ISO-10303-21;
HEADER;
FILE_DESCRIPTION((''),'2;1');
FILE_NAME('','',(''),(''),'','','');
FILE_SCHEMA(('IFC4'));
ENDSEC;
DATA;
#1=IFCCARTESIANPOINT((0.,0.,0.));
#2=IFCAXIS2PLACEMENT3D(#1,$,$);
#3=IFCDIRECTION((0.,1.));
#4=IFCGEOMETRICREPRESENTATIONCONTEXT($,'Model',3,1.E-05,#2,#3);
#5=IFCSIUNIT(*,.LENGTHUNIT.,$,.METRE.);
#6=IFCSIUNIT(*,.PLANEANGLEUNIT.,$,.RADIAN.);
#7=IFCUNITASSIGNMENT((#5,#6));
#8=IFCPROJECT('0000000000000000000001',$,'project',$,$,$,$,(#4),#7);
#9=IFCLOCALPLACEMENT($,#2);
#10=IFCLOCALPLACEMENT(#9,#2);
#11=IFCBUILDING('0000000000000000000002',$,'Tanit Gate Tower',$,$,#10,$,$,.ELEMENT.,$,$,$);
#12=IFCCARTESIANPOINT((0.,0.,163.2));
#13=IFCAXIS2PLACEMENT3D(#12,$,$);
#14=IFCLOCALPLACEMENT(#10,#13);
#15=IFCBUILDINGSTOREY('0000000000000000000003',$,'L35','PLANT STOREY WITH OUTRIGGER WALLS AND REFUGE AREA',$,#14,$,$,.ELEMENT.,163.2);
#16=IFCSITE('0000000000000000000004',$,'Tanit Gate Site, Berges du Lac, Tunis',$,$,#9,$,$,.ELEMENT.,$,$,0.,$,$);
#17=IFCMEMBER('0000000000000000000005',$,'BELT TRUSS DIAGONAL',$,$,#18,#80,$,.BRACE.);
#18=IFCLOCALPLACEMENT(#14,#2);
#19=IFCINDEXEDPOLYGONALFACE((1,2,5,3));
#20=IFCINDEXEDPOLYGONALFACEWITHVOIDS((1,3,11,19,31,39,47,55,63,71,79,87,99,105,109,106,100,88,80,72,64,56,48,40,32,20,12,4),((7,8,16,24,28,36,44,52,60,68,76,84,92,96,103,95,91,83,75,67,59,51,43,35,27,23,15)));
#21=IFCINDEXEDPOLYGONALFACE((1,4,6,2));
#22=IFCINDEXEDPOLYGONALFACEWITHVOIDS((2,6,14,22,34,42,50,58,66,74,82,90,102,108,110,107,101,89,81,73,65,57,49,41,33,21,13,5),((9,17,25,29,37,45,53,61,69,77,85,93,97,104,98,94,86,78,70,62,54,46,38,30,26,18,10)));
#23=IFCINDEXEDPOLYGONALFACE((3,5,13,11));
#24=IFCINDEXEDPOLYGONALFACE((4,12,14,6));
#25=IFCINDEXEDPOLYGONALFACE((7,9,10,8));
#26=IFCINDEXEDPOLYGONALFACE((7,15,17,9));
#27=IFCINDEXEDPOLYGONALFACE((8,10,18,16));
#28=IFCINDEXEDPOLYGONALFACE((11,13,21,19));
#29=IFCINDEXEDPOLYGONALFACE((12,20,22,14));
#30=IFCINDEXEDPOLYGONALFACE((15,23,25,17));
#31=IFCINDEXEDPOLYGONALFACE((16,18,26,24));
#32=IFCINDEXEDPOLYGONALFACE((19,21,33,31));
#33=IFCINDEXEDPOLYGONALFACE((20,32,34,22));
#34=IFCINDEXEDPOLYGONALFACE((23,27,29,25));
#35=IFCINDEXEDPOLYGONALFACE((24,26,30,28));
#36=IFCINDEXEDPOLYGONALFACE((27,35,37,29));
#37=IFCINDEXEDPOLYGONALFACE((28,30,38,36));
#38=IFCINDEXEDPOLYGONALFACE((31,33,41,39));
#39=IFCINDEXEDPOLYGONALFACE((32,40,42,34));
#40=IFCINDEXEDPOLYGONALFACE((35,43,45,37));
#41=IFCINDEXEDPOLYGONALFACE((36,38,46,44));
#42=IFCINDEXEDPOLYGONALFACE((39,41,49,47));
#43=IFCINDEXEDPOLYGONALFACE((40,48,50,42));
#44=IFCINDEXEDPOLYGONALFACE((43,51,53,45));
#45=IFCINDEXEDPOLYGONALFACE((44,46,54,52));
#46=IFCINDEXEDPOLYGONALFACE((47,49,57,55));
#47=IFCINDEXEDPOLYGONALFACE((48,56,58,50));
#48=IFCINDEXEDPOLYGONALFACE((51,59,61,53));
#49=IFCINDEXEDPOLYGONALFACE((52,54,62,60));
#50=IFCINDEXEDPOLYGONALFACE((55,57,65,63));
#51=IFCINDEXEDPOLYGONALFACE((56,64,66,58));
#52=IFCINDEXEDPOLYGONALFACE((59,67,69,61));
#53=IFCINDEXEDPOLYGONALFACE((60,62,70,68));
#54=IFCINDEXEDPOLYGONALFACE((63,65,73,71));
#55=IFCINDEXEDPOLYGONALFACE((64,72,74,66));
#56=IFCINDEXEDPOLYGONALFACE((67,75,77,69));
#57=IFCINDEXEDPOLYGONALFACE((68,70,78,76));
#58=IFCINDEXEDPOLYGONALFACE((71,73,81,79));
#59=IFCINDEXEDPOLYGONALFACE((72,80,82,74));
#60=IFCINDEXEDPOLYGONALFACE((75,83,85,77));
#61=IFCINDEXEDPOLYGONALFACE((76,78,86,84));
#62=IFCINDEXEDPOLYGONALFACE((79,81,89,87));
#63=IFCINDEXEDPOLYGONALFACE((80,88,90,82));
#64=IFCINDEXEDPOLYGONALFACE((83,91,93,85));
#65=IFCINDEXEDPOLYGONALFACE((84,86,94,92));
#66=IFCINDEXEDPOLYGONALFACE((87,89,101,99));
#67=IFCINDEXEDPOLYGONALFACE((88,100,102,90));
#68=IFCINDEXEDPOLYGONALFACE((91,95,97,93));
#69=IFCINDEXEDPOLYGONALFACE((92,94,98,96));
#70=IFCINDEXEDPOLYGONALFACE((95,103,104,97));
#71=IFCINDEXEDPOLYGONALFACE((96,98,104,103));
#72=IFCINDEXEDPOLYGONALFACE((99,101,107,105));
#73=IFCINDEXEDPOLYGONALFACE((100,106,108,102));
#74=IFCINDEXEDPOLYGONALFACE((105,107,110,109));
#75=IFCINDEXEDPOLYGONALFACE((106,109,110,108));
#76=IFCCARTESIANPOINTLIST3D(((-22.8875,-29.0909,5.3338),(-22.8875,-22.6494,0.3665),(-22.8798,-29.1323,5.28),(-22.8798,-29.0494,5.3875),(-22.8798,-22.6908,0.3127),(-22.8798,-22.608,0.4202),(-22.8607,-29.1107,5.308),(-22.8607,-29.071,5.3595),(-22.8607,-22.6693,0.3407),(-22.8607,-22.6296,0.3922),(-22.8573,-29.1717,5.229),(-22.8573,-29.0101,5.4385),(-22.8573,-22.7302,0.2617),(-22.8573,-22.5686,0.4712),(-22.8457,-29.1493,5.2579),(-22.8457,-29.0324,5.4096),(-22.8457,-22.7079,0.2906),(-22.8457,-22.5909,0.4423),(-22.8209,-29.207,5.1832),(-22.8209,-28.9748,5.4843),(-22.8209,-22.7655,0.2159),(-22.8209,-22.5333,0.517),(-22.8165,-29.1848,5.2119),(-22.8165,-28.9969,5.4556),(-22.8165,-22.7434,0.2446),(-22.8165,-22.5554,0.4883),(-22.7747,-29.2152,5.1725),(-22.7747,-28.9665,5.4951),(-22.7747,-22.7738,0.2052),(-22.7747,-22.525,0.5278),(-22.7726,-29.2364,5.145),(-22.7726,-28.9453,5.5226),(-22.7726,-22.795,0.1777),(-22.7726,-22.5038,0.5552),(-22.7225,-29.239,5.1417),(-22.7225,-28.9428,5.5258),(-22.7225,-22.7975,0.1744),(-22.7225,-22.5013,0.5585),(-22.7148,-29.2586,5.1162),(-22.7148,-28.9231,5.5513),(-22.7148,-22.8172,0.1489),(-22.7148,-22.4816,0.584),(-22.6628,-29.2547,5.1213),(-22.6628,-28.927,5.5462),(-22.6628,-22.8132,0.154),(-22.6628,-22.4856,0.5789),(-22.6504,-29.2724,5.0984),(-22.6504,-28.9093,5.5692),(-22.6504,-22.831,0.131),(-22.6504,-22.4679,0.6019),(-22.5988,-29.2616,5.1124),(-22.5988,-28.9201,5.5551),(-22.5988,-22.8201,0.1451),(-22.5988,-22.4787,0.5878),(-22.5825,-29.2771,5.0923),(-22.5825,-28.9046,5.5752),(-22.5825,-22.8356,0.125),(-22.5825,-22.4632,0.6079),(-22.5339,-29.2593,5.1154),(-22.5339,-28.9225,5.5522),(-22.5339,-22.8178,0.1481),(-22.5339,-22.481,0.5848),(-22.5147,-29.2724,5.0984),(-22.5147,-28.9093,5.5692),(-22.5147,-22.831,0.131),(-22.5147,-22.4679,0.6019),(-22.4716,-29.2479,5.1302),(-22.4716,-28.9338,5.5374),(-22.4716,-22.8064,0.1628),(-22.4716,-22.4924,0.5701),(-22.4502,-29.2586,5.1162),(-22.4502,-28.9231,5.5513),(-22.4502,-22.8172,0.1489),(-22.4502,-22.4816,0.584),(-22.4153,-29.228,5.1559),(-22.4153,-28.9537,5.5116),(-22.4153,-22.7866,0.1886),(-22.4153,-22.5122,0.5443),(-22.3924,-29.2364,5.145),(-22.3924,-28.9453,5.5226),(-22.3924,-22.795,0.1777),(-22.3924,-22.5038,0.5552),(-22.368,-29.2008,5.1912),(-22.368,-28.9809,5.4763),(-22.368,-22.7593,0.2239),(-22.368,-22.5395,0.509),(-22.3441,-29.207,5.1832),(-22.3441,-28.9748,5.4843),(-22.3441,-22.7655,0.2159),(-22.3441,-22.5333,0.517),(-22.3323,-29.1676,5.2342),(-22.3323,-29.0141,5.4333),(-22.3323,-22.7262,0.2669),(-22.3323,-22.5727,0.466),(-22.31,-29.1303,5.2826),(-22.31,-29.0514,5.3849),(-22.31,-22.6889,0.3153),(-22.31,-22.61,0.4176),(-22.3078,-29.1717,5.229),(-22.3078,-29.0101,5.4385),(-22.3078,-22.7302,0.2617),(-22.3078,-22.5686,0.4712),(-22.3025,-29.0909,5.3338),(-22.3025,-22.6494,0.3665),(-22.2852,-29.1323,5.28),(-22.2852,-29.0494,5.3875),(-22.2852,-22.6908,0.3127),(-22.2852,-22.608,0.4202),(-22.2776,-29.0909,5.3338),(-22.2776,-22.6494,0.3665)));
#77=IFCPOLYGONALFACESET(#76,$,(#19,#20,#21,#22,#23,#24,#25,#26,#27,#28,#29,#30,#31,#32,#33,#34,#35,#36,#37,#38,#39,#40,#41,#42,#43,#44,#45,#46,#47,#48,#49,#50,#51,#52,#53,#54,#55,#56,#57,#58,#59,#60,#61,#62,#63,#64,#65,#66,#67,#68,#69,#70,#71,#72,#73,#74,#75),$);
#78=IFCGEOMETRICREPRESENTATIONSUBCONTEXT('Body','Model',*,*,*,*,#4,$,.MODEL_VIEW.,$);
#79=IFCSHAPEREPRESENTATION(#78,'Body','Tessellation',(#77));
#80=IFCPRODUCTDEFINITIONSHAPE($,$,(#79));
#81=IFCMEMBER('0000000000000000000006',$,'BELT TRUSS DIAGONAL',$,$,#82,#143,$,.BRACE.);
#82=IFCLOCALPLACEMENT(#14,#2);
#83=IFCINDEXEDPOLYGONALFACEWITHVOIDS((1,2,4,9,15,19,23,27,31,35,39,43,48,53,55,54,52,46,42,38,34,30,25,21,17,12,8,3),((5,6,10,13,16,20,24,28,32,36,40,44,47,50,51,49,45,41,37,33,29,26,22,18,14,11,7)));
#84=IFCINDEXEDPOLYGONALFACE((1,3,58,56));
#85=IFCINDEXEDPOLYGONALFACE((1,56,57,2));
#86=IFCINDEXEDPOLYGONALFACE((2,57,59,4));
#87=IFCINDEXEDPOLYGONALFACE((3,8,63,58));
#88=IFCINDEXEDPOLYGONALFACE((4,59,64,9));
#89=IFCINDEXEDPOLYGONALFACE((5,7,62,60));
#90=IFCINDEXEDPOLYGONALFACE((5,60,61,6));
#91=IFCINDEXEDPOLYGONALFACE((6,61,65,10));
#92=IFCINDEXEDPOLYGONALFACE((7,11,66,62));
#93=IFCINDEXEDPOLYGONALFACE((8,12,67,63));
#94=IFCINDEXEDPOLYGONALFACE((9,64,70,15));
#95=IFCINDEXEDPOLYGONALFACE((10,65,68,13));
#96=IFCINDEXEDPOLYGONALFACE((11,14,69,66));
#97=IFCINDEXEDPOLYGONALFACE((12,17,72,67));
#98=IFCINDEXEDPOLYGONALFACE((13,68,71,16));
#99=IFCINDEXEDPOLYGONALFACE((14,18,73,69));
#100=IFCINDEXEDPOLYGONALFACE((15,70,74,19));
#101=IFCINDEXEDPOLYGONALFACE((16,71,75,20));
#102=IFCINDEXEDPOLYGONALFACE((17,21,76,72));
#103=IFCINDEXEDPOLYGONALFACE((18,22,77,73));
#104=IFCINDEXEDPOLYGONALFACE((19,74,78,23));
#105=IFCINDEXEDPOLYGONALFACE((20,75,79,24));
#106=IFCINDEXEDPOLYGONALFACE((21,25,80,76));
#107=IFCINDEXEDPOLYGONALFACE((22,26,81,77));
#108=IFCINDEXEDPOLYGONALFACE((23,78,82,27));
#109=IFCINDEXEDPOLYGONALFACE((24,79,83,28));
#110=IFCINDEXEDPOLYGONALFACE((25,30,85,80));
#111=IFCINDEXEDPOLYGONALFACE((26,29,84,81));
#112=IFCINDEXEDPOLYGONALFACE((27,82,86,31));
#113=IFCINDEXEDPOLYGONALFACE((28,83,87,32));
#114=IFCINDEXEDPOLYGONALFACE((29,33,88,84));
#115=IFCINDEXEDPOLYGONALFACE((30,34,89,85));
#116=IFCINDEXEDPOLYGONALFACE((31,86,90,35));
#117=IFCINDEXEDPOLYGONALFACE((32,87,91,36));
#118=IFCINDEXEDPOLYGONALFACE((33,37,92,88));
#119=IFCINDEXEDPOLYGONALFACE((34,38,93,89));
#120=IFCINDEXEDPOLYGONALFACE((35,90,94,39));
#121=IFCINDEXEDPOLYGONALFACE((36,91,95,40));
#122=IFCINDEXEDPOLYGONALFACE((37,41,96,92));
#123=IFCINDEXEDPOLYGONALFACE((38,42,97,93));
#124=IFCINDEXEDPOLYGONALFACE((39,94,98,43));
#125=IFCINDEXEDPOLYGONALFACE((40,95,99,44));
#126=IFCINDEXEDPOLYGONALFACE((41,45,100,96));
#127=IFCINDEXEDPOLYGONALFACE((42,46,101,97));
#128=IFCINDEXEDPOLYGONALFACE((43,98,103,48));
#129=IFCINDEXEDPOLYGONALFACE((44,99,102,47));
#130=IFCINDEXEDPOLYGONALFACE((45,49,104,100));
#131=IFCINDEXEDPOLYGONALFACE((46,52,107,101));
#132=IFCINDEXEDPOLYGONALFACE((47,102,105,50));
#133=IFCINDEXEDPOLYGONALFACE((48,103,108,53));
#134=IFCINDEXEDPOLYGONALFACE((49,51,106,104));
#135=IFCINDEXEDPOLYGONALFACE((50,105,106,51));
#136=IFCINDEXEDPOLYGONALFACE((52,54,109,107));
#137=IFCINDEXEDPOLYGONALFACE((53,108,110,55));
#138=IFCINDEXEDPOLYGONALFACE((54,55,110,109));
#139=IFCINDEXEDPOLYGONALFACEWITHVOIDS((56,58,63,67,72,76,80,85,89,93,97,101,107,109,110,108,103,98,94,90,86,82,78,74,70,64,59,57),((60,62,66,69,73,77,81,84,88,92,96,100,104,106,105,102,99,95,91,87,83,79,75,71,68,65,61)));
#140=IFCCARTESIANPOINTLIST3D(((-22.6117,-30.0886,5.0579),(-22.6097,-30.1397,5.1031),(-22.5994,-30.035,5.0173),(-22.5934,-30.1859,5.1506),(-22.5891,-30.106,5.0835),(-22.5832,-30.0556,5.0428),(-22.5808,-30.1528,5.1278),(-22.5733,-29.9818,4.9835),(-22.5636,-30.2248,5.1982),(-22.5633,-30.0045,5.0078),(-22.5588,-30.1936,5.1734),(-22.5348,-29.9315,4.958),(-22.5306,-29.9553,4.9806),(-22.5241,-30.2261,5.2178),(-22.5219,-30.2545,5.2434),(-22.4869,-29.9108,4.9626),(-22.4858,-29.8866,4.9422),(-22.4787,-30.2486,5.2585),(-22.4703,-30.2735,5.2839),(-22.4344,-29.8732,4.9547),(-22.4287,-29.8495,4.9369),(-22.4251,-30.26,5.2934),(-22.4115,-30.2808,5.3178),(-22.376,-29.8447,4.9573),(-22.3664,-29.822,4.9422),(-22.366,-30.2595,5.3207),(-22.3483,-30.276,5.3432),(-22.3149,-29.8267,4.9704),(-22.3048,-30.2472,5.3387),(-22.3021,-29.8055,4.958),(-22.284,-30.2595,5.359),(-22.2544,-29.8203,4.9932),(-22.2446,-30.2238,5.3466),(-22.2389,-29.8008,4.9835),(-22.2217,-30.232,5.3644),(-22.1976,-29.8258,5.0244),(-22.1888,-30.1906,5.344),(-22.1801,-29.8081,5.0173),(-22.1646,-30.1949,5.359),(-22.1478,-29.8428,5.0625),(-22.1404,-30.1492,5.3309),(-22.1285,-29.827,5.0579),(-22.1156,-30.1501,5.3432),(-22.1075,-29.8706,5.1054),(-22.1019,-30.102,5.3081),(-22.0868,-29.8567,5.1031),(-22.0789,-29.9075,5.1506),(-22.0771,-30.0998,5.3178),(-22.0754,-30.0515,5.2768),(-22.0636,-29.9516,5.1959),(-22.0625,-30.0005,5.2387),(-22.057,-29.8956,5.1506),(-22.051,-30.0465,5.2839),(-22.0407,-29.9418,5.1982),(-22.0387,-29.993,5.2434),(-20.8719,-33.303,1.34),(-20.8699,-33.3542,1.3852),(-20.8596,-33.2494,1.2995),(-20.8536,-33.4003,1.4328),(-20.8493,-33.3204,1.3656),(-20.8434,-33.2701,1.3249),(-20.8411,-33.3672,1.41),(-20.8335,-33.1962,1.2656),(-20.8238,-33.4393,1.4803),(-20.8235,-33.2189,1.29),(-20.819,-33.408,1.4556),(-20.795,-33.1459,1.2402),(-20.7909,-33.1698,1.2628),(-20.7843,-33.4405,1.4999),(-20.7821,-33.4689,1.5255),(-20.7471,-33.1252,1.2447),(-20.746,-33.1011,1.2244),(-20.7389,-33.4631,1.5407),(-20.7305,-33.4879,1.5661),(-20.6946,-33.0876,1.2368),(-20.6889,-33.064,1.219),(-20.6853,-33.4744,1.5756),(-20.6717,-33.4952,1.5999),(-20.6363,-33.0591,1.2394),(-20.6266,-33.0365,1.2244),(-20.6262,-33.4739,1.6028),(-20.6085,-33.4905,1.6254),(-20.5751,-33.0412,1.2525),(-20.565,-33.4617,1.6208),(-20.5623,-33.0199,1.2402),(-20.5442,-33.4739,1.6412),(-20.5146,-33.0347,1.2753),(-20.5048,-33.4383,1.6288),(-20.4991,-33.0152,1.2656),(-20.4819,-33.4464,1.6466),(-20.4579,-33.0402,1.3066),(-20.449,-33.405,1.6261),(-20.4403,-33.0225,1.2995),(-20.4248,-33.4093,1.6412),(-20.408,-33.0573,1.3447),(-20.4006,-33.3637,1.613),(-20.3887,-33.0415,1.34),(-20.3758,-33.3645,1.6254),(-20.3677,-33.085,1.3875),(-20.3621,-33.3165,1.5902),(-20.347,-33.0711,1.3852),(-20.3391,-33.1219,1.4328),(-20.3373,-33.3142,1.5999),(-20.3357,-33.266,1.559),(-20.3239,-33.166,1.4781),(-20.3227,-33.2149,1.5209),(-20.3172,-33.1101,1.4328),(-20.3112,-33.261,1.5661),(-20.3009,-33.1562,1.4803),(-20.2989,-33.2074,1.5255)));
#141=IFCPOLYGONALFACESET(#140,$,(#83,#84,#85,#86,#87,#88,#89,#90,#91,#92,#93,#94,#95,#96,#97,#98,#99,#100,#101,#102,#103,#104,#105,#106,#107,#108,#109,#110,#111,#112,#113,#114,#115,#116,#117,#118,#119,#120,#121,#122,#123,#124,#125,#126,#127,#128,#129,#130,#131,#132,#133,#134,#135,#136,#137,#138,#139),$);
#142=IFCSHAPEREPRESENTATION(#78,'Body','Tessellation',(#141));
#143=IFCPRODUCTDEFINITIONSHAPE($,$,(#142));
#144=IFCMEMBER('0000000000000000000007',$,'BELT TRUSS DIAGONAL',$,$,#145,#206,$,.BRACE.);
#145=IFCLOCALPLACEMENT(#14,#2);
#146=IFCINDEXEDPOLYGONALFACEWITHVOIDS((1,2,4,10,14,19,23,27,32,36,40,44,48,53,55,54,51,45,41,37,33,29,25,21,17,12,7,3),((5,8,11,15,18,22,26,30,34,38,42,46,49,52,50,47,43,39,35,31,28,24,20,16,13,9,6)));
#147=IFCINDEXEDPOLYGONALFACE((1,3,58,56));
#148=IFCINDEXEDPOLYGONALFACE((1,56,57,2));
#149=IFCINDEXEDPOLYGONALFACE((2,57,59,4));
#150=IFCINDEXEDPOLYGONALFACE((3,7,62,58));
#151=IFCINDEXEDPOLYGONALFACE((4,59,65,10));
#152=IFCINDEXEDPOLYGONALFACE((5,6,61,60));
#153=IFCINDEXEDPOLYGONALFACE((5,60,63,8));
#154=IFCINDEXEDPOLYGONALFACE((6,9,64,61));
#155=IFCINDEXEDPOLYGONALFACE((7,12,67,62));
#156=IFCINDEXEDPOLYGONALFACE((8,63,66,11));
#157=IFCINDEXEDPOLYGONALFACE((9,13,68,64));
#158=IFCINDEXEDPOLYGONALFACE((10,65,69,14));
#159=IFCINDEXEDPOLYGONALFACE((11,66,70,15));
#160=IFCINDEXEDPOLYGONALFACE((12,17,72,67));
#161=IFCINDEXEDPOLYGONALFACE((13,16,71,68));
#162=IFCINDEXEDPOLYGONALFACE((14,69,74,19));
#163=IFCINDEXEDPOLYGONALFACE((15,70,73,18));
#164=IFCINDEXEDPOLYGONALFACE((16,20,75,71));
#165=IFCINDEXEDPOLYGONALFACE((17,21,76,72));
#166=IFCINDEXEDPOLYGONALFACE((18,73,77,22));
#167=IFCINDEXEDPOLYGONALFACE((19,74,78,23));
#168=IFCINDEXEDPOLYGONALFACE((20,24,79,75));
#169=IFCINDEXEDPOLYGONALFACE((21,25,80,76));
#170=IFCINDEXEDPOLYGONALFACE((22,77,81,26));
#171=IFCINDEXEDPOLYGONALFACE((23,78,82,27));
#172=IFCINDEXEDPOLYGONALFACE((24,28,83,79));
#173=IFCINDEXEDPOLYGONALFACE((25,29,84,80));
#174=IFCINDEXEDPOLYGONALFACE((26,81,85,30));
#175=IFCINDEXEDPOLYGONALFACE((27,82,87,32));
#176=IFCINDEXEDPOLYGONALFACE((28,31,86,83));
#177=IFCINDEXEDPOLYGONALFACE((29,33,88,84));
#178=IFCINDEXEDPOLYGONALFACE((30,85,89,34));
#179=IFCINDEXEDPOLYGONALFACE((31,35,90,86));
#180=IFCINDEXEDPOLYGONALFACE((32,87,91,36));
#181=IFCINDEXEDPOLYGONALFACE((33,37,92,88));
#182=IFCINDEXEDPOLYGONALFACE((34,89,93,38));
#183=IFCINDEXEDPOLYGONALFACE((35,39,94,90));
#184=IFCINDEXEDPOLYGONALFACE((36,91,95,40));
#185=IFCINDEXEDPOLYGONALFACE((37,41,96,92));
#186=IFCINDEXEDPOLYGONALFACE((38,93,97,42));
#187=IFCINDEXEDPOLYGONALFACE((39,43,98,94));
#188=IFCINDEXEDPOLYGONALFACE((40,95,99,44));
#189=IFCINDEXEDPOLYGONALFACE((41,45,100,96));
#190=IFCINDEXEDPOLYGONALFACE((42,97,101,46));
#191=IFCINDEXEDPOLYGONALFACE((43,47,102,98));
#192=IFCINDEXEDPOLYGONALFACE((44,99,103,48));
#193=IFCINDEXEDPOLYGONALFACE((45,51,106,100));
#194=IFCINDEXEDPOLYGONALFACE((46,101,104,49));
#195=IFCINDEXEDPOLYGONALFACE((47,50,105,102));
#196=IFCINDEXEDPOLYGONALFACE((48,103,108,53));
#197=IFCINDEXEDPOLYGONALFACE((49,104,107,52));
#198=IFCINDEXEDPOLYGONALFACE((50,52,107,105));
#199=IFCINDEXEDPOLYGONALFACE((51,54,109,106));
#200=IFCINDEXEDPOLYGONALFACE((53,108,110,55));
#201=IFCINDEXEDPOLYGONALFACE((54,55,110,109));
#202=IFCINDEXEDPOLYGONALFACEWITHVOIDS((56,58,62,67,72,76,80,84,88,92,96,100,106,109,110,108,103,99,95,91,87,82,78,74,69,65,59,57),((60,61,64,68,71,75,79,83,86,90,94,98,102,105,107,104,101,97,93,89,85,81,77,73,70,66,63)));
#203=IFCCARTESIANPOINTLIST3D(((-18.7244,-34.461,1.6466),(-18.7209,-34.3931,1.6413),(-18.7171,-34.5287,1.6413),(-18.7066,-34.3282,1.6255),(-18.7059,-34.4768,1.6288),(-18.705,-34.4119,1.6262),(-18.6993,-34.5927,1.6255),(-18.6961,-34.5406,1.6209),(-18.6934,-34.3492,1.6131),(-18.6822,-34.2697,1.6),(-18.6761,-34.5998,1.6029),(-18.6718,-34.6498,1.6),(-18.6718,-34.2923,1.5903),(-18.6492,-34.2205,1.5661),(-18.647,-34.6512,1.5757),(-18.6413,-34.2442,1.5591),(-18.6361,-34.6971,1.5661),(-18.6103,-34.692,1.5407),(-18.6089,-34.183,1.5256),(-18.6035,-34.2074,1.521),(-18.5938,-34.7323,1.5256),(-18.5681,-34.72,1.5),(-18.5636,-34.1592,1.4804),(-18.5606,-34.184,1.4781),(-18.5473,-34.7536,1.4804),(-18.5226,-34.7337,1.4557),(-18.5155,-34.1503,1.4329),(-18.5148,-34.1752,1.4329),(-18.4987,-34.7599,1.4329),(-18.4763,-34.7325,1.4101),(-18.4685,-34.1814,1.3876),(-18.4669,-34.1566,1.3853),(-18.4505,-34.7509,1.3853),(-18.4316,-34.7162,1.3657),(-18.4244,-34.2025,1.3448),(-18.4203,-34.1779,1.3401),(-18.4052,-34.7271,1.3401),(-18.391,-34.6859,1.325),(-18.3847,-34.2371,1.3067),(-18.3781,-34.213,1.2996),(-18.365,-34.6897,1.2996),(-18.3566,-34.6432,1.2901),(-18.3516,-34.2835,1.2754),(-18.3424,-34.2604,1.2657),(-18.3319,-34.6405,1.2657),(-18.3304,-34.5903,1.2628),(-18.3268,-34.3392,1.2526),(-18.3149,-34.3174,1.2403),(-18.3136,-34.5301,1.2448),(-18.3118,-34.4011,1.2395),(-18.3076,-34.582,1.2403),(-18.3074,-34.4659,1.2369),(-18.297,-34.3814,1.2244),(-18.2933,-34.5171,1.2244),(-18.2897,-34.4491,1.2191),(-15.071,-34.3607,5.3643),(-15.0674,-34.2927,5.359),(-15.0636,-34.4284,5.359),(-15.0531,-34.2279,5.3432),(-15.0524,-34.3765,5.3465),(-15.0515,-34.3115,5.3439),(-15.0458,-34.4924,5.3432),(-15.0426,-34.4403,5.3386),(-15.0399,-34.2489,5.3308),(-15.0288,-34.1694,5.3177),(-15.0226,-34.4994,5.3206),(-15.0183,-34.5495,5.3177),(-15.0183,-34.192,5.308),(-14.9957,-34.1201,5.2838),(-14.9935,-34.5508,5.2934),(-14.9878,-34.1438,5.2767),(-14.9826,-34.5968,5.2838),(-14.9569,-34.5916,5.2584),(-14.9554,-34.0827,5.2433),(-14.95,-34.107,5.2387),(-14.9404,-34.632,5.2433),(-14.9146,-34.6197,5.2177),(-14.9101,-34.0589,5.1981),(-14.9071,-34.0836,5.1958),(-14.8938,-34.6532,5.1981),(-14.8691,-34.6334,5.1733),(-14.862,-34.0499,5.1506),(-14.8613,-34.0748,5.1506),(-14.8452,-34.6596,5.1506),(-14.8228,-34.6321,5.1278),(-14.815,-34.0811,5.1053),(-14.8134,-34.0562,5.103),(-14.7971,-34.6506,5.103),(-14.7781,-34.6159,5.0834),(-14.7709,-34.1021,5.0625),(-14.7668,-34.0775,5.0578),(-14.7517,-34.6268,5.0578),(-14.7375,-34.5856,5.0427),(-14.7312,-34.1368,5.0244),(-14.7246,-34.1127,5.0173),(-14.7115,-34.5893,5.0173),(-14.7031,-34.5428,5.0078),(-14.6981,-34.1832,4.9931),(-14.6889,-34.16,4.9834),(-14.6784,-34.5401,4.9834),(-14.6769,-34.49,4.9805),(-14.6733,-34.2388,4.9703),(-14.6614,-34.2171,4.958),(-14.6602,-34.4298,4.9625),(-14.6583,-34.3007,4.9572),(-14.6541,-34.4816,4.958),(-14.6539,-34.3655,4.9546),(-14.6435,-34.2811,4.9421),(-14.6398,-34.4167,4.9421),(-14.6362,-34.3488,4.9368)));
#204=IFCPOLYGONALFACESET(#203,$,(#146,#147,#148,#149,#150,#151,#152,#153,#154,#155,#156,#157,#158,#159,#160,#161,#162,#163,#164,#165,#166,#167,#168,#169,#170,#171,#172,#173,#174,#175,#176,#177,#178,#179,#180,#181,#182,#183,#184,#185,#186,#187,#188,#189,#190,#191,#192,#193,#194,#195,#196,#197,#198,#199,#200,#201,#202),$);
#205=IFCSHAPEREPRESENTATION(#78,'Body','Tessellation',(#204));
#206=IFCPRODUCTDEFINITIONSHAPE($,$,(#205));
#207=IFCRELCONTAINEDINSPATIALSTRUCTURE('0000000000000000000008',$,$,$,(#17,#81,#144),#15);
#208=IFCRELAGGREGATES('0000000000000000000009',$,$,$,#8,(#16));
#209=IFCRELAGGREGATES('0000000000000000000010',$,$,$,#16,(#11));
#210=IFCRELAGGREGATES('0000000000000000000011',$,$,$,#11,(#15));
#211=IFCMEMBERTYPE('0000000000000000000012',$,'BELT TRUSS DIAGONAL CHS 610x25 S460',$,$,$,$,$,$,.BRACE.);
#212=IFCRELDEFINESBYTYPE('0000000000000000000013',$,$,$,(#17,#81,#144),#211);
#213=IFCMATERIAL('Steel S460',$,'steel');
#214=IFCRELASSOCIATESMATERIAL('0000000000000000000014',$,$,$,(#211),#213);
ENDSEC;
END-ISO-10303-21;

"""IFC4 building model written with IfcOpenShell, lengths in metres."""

from ifc_helpers import new_model, si_unit, direction, frame, origin, origin_2d, place, context, subcontext, project, spatial, hollow_circle, extrude, material, material_profile, profile_set, type_object, element, save


model = new_model("IFC4")

# Units and contexts
model_context = context("Model", 3, precision=1e-05, world=origin(), true_north=direction((0.0, 1.0)))
body_context = subcontext(model_context, "Body", "Model", "MODEL_VIEW")
ifc_project = project(units=[si_unit("LENGTHUNIT", "METRE"), si_unit("PLANEANGLEUNIT", "RADIAN")], contexts=[model_context])

# Site, building, storey
site_placement = place(None, origin())
site = spatial("IfcSite", under=ifc_project, at=site_placement, Name="Tanit Gate Site, Berges du Lac, Tunis", CompositionType="ELEMENT", RefElevation=0.0)
building_placement = place(site_placement, origin())
building = spatial("IfcBuilding", under=site, at=building_placement, Name="Tanit Gate Tower", CompositionType="ELEMENT")
storey_placement = place(building_placement, frame((0.0, 0.0, 163.2)))
storey = spatial("IfcBuildingStorey", under=building, at=storey_placement, Name="L35", Description="PLANT STOREY WITH OUTRIGGER WALLS AND REFUGE AREA", CompositionType="ELEMENT", Elevation=163.2)

# Members
ifc_material_1 = material(Name="Steel S460", Category="steel")
ifc_material_profile_1 = material_profile(ifc_material_1, hollow_circle(Radius=0.3049, WallThickness=0.0249, at=origin_2d()), Name="CHS 610x25")
ifc_profile_set_1 = profile_set([ifc_material_profile_1], Name="Steel S460")
member_type = type_object("IfcMemberType", Name="BELT TRUSS DIAGONAL CHS 610x25 S460", PredefinedType="BRACE", material=ifc_profile_set_1)
member_1_placement = place(storey_placement, frame((-22.5825, -22.6494, 0.3665), z_axis=(0.0, -0.791889, 0.610665), x_axis=(1.0, 0.0, 0.0)))
element("IfcMember", 1, at=member_1_placement, inside=storey, type_object=member_type, Name="BELT TRUSS DIAGONAL", PredefinedType="BRACE", context=body_context, shape_type="SweptSolid", body=[
    extrude(hollow_circle(Radius=0.3049, WallThickness=0.0249, at=origin_2d()), origin(), (0.0, 0.0, 1.0), 8.1343),
])
member_2_placement = place(storey_placement, frame((-22.3252, -30.0408, 5.1506), z_axis=(0.3337, -0.616544, -0.713104), x_axis=(0.879448, 0.475995, 0.0)))
element("IfcMember", 2, at=member_2_placement, inside=storey, type_object=member_type, Name="BELT TRUSS DIAGONAL", PredefinedType="BRACE", context=body_context, shape_type="SweptSolid", body=[
    extrude(hollow_circle(Radius=0.3049, WallThickness=0.0249, at=origin_2d()), origin(), (0.0, 0.0, 1.0), 5.2136),
])
member_3_placement = place(storey_placement, frame((-18.5071, -34.4551, 1.4329), z_axis=(0.700791, 0.019247, 0.713107), x_axis=(-0.027454, 0.999623, 0.0)))
element("IfcMember", 3, at=member_3_placement, inside=storey, type_object=member_type, Name="BELT TRUSS DIAGONAL", PredefinedType="BRACE", context=body_context, shape_type="SweptSolid", body=[
    extrude(hollow_circle(Radius=0.3049, WallThickness=0.0249, at=origin_2d()), origin(), (0.0, 0.0, 1.0), 5.2134),
])

save(model, "model.ifc")
